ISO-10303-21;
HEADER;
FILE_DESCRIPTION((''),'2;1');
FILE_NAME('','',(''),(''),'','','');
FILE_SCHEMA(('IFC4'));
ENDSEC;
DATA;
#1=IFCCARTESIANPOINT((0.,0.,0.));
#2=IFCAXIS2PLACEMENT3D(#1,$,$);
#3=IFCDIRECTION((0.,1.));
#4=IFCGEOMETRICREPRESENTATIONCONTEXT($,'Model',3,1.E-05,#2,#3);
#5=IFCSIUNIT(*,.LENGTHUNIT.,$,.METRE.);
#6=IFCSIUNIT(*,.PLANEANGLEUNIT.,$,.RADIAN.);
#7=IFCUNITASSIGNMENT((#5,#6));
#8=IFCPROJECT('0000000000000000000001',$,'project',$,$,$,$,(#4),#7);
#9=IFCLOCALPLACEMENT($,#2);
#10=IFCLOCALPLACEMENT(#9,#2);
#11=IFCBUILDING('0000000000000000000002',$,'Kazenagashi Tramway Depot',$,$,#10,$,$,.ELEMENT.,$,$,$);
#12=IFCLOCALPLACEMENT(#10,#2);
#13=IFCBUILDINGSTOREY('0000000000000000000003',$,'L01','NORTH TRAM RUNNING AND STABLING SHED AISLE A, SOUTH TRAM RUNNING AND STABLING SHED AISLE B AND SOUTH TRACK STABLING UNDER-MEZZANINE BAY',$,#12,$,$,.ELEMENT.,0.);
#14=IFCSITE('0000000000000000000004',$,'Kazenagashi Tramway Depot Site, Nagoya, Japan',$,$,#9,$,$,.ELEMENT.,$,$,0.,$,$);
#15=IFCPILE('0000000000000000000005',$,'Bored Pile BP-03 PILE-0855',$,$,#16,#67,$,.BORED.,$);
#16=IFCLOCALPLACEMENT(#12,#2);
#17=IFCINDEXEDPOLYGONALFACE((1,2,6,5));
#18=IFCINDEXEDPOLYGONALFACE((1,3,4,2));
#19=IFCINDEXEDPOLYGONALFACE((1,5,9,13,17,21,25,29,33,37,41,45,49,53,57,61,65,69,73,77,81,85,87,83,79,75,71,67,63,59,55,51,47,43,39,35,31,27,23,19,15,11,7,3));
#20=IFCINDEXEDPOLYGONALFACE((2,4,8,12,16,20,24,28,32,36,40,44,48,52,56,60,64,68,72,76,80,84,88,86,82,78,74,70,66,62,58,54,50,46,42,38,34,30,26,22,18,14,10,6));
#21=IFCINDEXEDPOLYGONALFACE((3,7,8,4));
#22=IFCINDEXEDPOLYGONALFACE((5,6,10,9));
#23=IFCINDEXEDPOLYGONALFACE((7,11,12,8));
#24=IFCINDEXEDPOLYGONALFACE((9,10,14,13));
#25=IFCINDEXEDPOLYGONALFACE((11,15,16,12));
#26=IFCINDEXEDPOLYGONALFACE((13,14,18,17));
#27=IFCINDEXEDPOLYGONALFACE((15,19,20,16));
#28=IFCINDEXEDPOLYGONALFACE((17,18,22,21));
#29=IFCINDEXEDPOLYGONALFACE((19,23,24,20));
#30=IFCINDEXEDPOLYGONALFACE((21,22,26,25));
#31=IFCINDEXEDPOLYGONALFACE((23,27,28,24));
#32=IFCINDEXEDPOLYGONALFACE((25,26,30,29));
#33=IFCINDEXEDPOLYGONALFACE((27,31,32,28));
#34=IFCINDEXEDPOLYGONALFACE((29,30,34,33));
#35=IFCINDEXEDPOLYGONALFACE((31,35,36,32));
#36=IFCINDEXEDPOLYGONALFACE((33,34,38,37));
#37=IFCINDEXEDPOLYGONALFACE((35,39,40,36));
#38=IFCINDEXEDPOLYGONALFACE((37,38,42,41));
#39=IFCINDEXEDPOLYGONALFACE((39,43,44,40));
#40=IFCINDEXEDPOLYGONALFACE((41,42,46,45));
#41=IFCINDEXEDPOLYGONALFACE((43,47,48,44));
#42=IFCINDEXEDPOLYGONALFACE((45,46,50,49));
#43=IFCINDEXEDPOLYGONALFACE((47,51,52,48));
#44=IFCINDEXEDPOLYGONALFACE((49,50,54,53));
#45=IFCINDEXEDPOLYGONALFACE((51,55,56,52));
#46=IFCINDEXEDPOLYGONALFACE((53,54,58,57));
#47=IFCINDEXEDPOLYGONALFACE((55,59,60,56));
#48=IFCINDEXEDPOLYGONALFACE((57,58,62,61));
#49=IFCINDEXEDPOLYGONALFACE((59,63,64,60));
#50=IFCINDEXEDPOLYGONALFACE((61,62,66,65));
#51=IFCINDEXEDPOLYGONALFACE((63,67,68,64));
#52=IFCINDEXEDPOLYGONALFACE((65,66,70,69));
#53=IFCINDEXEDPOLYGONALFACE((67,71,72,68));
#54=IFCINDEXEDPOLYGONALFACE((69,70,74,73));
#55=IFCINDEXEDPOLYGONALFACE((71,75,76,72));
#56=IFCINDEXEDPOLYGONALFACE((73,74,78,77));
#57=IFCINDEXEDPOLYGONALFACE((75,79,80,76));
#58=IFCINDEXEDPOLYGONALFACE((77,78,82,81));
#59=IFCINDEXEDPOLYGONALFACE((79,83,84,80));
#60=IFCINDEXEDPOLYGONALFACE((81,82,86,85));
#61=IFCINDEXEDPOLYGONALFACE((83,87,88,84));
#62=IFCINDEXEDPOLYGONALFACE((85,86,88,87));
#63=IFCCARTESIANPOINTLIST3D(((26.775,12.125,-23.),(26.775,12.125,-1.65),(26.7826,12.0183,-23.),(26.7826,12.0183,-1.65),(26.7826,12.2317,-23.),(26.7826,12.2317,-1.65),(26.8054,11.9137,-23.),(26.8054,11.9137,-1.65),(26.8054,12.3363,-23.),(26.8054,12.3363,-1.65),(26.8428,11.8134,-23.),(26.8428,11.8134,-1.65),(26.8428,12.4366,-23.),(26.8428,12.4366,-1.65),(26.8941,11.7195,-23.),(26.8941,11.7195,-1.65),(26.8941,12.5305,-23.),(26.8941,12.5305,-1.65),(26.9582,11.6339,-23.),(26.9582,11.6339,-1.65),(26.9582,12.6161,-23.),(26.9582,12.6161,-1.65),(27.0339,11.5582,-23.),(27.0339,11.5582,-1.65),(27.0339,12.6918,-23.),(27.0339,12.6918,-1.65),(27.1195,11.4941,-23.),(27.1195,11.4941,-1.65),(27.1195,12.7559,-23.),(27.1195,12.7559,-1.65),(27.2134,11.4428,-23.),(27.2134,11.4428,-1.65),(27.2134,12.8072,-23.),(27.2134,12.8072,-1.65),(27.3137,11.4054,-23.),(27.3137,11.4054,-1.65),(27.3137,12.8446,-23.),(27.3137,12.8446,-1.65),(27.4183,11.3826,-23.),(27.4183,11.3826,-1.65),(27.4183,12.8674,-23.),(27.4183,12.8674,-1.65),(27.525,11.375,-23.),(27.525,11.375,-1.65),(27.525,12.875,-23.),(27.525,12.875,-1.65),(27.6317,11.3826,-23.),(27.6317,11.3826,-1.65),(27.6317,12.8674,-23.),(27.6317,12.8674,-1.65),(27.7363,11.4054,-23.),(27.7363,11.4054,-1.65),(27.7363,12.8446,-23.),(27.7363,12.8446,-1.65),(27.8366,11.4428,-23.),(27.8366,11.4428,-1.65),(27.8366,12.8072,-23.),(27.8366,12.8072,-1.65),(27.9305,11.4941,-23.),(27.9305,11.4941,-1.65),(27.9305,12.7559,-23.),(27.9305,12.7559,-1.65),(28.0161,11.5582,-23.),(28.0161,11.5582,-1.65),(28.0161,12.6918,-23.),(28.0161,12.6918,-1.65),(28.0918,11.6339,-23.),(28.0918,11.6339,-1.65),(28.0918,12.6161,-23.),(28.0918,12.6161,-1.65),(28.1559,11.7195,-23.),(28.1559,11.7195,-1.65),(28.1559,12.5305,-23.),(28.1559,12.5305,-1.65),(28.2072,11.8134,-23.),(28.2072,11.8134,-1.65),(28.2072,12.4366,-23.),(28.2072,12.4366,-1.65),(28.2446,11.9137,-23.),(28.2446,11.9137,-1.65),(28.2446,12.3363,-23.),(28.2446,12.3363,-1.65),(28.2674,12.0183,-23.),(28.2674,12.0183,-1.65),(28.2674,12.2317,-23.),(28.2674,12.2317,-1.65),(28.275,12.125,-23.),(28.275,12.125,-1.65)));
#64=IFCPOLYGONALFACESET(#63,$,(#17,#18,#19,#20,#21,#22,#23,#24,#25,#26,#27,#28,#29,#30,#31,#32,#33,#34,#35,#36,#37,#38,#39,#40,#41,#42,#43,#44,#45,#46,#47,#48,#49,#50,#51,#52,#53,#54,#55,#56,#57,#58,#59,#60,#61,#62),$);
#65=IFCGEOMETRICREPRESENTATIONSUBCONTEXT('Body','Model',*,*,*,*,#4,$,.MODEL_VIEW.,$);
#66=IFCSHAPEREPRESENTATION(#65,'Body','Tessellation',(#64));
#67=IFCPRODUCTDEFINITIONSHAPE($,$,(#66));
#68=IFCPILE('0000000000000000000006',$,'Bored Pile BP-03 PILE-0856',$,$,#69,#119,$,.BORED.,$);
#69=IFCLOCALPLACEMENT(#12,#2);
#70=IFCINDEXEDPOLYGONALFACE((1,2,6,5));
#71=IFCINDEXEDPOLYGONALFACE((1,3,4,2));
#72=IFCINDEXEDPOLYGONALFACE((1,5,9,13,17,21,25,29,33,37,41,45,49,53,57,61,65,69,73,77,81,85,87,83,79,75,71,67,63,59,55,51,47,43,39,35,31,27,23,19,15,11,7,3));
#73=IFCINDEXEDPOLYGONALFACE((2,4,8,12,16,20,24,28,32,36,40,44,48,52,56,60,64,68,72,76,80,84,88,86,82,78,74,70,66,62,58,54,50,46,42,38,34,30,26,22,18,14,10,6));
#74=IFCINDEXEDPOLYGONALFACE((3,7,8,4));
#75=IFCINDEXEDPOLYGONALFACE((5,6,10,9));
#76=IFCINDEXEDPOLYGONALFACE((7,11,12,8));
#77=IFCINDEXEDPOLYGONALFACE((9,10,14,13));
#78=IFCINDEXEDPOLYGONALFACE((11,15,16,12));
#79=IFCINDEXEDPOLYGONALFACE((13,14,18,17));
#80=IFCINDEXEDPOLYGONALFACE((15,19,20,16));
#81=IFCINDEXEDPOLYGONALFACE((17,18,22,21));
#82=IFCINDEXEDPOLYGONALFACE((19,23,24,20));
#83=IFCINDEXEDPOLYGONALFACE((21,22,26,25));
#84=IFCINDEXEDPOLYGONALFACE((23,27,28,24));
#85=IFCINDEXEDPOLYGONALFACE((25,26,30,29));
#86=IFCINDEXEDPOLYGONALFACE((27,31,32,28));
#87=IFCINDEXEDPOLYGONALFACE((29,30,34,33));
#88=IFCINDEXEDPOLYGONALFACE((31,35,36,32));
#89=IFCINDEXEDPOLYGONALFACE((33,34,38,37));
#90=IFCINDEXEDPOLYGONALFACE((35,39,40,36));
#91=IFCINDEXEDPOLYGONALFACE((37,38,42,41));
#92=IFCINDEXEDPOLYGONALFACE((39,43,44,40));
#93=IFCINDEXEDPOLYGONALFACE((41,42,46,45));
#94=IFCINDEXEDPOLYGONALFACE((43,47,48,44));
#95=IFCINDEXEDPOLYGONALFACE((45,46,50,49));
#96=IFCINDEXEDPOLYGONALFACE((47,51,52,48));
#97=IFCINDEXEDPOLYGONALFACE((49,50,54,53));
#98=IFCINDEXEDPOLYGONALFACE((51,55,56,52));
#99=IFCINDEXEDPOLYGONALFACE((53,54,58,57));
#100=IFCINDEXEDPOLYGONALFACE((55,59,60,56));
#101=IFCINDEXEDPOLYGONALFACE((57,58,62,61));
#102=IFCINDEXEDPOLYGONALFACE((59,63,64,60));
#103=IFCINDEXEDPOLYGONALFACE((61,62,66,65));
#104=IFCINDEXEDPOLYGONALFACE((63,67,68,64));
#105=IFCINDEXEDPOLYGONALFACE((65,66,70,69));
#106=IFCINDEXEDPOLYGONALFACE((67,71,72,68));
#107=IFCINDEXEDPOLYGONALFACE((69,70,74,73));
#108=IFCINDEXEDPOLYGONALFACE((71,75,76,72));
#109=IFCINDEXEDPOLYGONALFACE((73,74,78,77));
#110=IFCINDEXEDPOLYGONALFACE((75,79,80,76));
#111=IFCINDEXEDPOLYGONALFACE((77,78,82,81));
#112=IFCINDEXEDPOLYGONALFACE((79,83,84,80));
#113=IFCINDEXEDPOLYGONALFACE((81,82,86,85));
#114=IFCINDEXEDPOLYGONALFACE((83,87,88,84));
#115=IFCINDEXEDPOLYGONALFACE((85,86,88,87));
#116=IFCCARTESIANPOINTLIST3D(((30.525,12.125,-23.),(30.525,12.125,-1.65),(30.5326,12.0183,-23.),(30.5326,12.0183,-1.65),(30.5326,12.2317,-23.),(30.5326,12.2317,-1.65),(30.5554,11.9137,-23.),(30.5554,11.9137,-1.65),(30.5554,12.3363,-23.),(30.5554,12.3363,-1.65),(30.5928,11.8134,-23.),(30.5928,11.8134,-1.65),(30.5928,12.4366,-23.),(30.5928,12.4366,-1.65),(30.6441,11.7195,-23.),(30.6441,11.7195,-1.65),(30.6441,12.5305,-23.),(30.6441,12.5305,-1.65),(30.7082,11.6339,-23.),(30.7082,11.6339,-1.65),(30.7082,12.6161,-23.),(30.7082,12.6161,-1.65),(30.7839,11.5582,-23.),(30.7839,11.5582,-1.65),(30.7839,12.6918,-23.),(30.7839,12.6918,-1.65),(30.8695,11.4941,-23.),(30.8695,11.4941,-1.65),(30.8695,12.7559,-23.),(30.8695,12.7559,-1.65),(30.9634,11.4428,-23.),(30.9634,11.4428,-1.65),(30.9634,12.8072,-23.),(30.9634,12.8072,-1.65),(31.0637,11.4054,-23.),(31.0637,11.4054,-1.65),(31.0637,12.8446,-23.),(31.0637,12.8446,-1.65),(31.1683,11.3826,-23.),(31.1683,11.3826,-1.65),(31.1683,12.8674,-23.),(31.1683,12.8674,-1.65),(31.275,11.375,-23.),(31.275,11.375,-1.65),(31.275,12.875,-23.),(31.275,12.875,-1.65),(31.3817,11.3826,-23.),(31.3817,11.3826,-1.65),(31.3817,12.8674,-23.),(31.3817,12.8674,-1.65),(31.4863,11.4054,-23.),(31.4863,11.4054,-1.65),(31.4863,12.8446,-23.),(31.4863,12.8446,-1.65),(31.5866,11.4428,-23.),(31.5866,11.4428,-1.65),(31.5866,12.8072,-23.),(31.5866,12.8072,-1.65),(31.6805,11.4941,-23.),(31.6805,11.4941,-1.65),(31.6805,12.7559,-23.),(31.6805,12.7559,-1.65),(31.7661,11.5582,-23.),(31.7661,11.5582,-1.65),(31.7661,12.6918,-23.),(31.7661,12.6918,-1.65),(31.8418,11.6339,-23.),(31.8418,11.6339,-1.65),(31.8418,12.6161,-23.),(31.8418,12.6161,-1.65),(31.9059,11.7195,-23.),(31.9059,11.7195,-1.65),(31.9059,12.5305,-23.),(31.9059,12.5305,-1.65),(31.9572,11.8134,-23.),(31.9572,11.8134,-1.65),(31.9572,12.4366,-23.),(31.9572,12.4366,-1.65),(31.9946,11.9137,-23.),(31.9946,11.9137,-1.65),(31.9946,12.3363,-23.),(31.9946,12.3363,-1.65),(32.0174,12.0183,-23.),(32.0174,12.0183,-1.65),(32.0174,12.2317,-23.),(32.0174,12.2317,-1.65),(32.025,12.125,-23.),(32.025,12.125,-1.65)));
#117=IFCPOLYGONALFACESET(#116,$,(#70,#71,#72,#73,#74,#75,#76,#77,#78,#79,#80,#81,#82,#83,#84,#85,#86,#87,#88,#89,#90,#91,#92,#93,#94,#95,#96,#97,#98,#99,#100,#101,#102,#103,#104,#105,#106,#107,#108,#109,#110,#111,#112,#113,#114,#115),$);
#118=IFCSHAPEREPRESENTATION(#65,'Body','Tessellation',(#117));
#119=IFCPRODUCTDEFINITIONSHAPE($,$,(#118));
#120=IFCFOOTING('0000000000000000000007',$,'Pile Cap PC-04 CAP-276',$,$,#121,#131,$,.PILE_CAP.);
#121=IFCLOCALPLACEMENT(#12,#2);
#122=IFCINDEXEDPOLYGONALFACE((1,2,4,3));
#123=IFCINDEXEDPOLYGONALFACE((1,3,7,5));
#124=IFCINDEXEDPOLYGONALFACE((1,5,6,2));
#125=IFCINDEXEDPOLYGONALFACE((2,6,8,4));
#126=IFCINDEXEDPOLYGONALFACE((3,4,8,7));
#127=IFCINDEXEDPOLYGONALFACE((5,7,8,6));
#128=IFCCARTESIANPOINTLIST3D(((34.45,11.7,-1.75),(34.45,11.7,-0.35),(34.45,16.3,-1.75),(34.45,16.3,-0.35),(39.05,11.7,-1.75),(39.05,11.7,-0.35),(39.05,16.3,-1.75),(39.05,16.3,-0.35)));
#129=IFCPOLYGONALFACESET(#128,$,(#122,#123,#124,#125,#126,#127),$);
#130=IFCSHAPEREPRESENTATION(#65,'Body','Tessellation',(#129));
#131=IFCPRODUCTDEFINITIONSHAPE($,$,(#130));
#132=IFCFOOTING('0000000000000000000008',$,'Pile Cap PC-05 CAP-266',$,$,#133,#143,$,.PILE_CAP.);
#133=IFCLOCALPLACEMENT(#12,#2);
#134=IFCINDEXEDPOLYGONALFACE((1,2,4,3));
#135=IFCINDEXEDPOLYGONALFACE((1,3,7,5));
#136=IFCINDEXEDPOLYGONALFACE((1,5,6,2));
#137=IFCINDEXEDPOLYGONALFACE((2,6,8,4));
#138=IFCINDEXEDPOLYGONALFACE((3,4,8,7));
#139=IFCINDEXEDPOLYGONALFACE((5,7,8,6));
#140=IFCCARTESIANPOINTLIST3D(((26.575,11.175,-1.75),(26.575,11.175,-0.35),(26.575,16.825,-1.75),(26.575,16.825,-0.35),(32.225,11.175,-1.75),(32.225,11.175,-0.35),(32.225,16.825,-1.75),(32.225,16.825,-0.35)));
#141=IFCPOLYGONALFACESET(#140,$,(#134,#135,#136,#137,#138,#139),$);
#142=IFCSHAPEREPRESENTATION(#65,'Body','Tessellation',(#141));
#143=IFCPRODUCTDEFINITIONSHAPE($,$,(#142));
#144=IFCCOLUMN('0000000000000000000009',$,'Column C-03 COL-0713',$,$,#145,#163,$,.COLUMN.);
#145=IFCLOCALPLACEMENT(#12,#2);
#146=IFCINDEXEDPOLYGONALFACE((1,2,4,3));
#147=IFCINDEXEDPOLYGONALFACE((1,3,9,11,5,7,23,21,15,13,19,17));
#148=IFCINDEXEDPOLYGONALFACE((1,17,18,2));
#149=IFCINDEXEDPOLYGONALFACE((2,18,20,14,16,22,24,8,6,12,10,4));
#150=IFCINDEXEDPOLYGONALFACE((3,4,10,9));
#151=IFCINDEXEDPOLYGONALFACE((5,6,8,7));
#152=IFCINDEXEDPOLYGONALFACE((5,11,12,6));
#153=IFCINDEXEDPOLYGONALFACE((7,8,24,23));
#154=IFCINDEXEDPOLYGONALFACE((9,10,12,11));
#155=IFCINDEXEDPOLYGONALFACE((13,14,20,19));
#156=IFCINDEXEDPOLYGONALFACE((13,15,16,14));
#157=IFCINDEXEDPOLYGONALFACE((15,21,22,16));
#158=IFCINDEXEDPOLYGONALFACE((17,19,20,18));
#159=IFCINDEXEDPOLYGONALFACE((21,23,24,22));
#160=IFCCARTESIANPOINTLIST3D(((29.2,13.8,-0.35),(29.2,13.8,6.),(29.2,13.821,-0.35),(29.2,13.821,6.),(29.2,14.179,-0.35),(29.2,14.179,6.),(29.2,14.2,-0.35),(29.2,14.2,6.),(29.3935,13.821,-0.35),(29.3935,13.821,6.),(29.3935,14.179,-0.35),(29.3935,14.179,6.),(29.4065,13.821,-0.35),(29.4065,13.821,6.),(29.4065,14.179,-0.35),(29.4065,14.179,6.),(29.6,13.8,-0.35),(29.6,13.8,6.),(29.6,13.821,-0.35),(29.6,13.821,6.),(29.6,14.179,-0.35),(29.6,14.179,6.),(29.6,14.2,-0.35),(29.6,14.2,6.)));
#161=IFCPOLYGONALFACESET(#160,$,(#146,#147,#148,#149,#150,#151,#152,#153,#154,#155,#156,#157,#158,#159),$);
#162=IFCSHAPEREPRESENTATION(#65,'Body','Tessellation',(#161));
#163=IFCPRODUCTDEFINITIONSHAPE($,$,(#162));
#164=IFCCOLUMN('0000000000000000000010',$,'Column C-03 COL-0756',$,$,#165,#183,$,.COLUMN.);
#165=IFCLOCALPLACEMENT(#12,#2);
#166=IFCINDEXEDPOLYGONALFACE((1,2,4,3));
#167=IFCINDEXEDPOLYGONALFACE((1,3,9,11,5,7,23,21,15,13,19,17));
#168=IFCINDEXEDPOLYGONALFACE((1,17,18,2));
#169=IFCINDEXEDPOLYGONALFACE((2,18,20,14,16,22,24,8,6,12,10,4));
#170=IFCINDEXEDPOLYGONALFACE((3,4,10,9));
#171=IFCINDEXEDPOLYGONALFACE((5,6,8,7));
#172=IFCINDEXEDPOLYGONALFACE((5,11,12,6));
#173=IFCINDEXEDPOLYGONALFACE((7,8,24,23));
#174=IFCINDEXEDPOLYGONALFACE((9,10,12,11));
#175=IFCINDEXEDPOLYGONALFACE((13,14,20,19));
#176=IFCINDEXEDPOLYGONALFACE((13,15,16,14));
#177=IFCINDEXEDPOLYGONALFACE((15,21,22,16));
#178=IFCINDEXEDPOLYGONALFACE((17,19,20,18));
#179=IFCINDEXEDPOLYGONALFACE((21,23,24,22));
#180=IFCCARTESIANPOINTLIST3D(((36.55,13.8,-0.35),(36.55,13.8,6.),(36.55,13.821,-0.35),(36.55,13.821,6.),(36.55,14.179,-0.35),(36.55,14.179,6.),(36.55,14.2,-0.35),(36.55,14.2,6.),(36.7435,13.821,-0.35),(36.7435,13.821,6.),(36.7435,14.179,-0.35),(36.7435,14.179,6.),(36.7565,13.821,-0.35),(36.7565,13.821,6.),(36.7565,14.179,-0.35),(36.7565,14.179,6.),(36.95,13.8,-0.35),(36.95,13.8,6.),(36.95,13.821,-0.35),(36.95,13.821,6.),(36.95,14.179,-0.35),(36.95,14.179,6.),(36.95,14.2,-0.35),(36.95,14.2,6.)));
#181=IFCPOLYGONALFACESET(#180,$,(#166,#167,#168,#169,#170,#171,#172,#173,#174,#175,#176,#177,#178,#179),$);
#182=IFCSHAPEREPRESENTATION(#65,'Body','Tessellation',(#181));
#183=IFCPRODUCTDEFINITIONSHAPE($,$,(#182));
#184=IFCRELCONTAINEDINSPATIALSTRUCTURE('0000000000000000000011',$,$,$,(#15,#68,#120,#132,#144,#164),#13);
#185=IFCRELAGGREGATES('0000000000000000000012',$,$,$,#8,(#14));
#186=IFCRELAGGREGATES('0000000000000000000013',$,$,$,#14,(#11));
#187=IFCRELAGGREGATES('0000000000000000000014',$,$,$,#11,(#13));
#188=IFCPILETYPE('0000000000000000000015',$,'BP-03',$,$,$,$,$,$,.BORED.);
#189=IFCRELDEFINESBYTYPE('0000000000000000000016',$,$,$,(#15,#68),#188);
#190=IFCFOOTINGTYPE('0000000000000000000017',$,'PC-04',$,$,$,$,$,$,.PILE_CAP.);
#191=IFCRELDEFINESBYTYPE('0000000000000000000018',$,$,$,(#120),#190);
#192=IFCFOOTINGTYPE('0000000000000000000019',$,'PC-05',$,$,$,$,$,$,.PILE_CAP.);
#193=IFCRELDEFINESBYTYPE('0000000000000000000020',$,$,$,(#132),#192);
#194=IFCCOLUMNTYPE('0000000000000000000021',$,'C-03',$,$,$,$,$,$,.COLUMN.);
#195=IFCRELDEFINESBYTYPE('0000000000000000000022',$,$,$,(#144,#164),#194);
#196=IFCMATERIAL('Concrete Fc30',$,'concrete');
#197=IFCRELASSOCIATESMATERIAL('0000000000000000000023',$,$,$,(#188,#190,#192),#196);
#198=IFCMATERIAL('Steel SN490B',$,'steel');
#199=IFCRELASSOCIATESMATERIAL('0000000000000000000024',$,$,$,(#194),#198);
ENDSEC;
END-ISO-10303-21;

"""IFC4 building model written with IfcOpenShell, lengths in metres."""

from ifc_helpers import new_model, si_unit, direction, frame, origin, origin_2d, place, context, subcontext, project, spatial, rectangle, circle, i_section, extrude, material, material_profile, profile_set, type_object, element, save


model = new_model("IFC4")

# Units and contexts
model_context = context("Model", 3, precision=1e-05, world=origin(), true_north=direction((0.0, 1.0)))
body_context = subcontext(model_context, "Body", "Model", "MODEL_VIEW")
ifc_project = project(units=[si_unit("LENGTHUNIT", "METRE"), si_unit("PLANEANGLEUNIT", "RADIAN")], contexts=[model_context])

# Site, building, storey
site_placement = place(None, origin())
site = spatial("IfcSite", under=ifc_project, at=site_placement, Name="Kazenagashi Tramway Depot Site, Nagoya, Japan", CompositionType="ELEMENT", RefElevation=0.0)
building_placement = place(site_placement, origin())
building = spatial("IfcBuilding", under=site, at=building_placement, Name="Kazenagashi Tramway Depot", CompositionType="ELEMENT")
storey_placement = place(building_placement, origin())
storey = spatial("IfcBuildingStorey", under=building, at=storey_placement, Name="L01", Description="NORTH TRAM RUNNING AND STABLING SHED AISLE A, SOUTH TRAM RUNNING AND STABLING SHED AISLE B AND SOUTH TRACK STABLING UNDER-MEZZANINE BAY", CompositionType="ELEMENT", Elevation=0.0)

# Piles
ifc_material_1 = material(Name="Concrete Fc30", Category="concrete")
ifc_material_profile_1 = material_profile(ifc_material_1, circle(Radius=0.75, at=origin_2d()), Name="PILE-1500")
ifc_profile_set_1 = profile_set([ifc_material_profile_1], Name="Concrete Fc30")
pile_type_1 = type_object("IfcPileType", Name="BP-03", PredefinedType="BORED", material=ifc_profile_set_1)
for number, where, z_axis, x_axis, name in (
    (1, (27.525, 12.125, -1.65), (0.0, 0.0, -1.0), (1.0, 0.0, 0.0), "Bored Pile BP-03 PILE-0855"),
    (2, (31.275, 12.125, -1.65), (0.0, 0.0, -1.0), (1.0, 0.0, 0.0), "Bored Pile BP-03 PILE-0856"),
):
    element("IfcPile", number, at=place(storey_placement, frame(where, z_axis=z_axis, x_axis=x_axis)), inside=storey, type_object=pile_type_1, Name=name, PredefinedType="BORED", context=body_context, shape_type="SweptSolid", body=[
        extrude(circle(Radius=0.75, at=origin_2d()), origin(), (0.0, 0.0, 1.0), 21.35),
    ])

# Footings
footing_type_1 = type_object("IfcFootingType", Name="PC-04", PredefinedType="PILE_CAP", material=ifc_material_1)
footing_1_placement = place(storey_placement, frame((36.75, 14.0, -1.75), z_axis=(0.0, 0.0, 1.0), x_axis=(1.0, 0.0, 0.0)))
element("IfcFooting", 3, at=footing_1_placement, inside=storey, type_object=footing_type_1, Name="Pile Cap PC-04 CAP-276", PredefinedType="PILE_CAP", context=body_context, shape_type="SweptSolid", body=[
    extrude(rectangle(XDim=4.6, YDim=4.6, at=origin_2d()), origin(), (0.0, 0.0, 1.0), 1.4),
])
footing_type_2 = type_object("IfcFootingType", Name="PC-05", PredefinedType="PILE_CAP", material=ifc_material_1)
footing_2_placement = place(storey_placement, frame((29.4, 14.0, -1.75), z_axis=(0.0, 0.0, 1.0), x_axis=(1.0, 0.0, 0.0)))
element("IfcFooting", 4, at=footing_2_placement, inside=storey, type_object=footing_type_2, Name="Pile Cap PC-05 CAP-266", PredefinedType="PILE_CAP", context=body_context, shape_type="SweptSolid", body=[
    extrude(rectangle(XDim=5.65, YDim=5.65, at=origin_2d()), origin(), (0.0, 0.0, 1.0), 1.4),
])

# Columns
ifc_material_2 = material(Name="Steel SN490B", Category="steel")
ifc_material_profile_2 = material_profile(ifc_material_2, i_section(OverallWidth=0.4, OverallDepth=0.4, WebThickness=0.013, FlangeThickness=0.021, at=origin_2d()), Name="H-400x400x13x21")
ifc_profile_set_2 = profile_set([ifc_material_profile_2], Name="Steel SN490B")
column_type = type_object("IfcColumnType", Name="C-03", PredefinedType="COLUMN", material=ifc_profile_set_2)
for number, where, z_axis, x_axis, name in (
    (5, (29.4, 14.0, -0.35), (0.0, 0.0, 1.0), (1.0, 0.0, 0.0), "Column C-03 COL-0713"),
    (6, (36.75, 14.0, -0.35), (0.0, 0.0, 1.0), (1.0, 0.0, 0.0), "Column C-03 COL-0756"),
):
    element("IfcColumn", number, at=place(storey_placement, frame(where, z_axis=z_axis, x_axis=x_axis)), inside=storey, type_object=column_type, Name=name, PredefinedType="COLUMN", context=body_context, shape_type="SweptSolid", body=[
        extrude(i_section(OverallWidth=0.4, OverallDepth=0.4, WebThickness=0.013, FlangeThickness=0.021, at=origin_2d()), origin(), (0.0, 0.0, 1.0), 6.35),
    ])

save(model, "model.ifc")
